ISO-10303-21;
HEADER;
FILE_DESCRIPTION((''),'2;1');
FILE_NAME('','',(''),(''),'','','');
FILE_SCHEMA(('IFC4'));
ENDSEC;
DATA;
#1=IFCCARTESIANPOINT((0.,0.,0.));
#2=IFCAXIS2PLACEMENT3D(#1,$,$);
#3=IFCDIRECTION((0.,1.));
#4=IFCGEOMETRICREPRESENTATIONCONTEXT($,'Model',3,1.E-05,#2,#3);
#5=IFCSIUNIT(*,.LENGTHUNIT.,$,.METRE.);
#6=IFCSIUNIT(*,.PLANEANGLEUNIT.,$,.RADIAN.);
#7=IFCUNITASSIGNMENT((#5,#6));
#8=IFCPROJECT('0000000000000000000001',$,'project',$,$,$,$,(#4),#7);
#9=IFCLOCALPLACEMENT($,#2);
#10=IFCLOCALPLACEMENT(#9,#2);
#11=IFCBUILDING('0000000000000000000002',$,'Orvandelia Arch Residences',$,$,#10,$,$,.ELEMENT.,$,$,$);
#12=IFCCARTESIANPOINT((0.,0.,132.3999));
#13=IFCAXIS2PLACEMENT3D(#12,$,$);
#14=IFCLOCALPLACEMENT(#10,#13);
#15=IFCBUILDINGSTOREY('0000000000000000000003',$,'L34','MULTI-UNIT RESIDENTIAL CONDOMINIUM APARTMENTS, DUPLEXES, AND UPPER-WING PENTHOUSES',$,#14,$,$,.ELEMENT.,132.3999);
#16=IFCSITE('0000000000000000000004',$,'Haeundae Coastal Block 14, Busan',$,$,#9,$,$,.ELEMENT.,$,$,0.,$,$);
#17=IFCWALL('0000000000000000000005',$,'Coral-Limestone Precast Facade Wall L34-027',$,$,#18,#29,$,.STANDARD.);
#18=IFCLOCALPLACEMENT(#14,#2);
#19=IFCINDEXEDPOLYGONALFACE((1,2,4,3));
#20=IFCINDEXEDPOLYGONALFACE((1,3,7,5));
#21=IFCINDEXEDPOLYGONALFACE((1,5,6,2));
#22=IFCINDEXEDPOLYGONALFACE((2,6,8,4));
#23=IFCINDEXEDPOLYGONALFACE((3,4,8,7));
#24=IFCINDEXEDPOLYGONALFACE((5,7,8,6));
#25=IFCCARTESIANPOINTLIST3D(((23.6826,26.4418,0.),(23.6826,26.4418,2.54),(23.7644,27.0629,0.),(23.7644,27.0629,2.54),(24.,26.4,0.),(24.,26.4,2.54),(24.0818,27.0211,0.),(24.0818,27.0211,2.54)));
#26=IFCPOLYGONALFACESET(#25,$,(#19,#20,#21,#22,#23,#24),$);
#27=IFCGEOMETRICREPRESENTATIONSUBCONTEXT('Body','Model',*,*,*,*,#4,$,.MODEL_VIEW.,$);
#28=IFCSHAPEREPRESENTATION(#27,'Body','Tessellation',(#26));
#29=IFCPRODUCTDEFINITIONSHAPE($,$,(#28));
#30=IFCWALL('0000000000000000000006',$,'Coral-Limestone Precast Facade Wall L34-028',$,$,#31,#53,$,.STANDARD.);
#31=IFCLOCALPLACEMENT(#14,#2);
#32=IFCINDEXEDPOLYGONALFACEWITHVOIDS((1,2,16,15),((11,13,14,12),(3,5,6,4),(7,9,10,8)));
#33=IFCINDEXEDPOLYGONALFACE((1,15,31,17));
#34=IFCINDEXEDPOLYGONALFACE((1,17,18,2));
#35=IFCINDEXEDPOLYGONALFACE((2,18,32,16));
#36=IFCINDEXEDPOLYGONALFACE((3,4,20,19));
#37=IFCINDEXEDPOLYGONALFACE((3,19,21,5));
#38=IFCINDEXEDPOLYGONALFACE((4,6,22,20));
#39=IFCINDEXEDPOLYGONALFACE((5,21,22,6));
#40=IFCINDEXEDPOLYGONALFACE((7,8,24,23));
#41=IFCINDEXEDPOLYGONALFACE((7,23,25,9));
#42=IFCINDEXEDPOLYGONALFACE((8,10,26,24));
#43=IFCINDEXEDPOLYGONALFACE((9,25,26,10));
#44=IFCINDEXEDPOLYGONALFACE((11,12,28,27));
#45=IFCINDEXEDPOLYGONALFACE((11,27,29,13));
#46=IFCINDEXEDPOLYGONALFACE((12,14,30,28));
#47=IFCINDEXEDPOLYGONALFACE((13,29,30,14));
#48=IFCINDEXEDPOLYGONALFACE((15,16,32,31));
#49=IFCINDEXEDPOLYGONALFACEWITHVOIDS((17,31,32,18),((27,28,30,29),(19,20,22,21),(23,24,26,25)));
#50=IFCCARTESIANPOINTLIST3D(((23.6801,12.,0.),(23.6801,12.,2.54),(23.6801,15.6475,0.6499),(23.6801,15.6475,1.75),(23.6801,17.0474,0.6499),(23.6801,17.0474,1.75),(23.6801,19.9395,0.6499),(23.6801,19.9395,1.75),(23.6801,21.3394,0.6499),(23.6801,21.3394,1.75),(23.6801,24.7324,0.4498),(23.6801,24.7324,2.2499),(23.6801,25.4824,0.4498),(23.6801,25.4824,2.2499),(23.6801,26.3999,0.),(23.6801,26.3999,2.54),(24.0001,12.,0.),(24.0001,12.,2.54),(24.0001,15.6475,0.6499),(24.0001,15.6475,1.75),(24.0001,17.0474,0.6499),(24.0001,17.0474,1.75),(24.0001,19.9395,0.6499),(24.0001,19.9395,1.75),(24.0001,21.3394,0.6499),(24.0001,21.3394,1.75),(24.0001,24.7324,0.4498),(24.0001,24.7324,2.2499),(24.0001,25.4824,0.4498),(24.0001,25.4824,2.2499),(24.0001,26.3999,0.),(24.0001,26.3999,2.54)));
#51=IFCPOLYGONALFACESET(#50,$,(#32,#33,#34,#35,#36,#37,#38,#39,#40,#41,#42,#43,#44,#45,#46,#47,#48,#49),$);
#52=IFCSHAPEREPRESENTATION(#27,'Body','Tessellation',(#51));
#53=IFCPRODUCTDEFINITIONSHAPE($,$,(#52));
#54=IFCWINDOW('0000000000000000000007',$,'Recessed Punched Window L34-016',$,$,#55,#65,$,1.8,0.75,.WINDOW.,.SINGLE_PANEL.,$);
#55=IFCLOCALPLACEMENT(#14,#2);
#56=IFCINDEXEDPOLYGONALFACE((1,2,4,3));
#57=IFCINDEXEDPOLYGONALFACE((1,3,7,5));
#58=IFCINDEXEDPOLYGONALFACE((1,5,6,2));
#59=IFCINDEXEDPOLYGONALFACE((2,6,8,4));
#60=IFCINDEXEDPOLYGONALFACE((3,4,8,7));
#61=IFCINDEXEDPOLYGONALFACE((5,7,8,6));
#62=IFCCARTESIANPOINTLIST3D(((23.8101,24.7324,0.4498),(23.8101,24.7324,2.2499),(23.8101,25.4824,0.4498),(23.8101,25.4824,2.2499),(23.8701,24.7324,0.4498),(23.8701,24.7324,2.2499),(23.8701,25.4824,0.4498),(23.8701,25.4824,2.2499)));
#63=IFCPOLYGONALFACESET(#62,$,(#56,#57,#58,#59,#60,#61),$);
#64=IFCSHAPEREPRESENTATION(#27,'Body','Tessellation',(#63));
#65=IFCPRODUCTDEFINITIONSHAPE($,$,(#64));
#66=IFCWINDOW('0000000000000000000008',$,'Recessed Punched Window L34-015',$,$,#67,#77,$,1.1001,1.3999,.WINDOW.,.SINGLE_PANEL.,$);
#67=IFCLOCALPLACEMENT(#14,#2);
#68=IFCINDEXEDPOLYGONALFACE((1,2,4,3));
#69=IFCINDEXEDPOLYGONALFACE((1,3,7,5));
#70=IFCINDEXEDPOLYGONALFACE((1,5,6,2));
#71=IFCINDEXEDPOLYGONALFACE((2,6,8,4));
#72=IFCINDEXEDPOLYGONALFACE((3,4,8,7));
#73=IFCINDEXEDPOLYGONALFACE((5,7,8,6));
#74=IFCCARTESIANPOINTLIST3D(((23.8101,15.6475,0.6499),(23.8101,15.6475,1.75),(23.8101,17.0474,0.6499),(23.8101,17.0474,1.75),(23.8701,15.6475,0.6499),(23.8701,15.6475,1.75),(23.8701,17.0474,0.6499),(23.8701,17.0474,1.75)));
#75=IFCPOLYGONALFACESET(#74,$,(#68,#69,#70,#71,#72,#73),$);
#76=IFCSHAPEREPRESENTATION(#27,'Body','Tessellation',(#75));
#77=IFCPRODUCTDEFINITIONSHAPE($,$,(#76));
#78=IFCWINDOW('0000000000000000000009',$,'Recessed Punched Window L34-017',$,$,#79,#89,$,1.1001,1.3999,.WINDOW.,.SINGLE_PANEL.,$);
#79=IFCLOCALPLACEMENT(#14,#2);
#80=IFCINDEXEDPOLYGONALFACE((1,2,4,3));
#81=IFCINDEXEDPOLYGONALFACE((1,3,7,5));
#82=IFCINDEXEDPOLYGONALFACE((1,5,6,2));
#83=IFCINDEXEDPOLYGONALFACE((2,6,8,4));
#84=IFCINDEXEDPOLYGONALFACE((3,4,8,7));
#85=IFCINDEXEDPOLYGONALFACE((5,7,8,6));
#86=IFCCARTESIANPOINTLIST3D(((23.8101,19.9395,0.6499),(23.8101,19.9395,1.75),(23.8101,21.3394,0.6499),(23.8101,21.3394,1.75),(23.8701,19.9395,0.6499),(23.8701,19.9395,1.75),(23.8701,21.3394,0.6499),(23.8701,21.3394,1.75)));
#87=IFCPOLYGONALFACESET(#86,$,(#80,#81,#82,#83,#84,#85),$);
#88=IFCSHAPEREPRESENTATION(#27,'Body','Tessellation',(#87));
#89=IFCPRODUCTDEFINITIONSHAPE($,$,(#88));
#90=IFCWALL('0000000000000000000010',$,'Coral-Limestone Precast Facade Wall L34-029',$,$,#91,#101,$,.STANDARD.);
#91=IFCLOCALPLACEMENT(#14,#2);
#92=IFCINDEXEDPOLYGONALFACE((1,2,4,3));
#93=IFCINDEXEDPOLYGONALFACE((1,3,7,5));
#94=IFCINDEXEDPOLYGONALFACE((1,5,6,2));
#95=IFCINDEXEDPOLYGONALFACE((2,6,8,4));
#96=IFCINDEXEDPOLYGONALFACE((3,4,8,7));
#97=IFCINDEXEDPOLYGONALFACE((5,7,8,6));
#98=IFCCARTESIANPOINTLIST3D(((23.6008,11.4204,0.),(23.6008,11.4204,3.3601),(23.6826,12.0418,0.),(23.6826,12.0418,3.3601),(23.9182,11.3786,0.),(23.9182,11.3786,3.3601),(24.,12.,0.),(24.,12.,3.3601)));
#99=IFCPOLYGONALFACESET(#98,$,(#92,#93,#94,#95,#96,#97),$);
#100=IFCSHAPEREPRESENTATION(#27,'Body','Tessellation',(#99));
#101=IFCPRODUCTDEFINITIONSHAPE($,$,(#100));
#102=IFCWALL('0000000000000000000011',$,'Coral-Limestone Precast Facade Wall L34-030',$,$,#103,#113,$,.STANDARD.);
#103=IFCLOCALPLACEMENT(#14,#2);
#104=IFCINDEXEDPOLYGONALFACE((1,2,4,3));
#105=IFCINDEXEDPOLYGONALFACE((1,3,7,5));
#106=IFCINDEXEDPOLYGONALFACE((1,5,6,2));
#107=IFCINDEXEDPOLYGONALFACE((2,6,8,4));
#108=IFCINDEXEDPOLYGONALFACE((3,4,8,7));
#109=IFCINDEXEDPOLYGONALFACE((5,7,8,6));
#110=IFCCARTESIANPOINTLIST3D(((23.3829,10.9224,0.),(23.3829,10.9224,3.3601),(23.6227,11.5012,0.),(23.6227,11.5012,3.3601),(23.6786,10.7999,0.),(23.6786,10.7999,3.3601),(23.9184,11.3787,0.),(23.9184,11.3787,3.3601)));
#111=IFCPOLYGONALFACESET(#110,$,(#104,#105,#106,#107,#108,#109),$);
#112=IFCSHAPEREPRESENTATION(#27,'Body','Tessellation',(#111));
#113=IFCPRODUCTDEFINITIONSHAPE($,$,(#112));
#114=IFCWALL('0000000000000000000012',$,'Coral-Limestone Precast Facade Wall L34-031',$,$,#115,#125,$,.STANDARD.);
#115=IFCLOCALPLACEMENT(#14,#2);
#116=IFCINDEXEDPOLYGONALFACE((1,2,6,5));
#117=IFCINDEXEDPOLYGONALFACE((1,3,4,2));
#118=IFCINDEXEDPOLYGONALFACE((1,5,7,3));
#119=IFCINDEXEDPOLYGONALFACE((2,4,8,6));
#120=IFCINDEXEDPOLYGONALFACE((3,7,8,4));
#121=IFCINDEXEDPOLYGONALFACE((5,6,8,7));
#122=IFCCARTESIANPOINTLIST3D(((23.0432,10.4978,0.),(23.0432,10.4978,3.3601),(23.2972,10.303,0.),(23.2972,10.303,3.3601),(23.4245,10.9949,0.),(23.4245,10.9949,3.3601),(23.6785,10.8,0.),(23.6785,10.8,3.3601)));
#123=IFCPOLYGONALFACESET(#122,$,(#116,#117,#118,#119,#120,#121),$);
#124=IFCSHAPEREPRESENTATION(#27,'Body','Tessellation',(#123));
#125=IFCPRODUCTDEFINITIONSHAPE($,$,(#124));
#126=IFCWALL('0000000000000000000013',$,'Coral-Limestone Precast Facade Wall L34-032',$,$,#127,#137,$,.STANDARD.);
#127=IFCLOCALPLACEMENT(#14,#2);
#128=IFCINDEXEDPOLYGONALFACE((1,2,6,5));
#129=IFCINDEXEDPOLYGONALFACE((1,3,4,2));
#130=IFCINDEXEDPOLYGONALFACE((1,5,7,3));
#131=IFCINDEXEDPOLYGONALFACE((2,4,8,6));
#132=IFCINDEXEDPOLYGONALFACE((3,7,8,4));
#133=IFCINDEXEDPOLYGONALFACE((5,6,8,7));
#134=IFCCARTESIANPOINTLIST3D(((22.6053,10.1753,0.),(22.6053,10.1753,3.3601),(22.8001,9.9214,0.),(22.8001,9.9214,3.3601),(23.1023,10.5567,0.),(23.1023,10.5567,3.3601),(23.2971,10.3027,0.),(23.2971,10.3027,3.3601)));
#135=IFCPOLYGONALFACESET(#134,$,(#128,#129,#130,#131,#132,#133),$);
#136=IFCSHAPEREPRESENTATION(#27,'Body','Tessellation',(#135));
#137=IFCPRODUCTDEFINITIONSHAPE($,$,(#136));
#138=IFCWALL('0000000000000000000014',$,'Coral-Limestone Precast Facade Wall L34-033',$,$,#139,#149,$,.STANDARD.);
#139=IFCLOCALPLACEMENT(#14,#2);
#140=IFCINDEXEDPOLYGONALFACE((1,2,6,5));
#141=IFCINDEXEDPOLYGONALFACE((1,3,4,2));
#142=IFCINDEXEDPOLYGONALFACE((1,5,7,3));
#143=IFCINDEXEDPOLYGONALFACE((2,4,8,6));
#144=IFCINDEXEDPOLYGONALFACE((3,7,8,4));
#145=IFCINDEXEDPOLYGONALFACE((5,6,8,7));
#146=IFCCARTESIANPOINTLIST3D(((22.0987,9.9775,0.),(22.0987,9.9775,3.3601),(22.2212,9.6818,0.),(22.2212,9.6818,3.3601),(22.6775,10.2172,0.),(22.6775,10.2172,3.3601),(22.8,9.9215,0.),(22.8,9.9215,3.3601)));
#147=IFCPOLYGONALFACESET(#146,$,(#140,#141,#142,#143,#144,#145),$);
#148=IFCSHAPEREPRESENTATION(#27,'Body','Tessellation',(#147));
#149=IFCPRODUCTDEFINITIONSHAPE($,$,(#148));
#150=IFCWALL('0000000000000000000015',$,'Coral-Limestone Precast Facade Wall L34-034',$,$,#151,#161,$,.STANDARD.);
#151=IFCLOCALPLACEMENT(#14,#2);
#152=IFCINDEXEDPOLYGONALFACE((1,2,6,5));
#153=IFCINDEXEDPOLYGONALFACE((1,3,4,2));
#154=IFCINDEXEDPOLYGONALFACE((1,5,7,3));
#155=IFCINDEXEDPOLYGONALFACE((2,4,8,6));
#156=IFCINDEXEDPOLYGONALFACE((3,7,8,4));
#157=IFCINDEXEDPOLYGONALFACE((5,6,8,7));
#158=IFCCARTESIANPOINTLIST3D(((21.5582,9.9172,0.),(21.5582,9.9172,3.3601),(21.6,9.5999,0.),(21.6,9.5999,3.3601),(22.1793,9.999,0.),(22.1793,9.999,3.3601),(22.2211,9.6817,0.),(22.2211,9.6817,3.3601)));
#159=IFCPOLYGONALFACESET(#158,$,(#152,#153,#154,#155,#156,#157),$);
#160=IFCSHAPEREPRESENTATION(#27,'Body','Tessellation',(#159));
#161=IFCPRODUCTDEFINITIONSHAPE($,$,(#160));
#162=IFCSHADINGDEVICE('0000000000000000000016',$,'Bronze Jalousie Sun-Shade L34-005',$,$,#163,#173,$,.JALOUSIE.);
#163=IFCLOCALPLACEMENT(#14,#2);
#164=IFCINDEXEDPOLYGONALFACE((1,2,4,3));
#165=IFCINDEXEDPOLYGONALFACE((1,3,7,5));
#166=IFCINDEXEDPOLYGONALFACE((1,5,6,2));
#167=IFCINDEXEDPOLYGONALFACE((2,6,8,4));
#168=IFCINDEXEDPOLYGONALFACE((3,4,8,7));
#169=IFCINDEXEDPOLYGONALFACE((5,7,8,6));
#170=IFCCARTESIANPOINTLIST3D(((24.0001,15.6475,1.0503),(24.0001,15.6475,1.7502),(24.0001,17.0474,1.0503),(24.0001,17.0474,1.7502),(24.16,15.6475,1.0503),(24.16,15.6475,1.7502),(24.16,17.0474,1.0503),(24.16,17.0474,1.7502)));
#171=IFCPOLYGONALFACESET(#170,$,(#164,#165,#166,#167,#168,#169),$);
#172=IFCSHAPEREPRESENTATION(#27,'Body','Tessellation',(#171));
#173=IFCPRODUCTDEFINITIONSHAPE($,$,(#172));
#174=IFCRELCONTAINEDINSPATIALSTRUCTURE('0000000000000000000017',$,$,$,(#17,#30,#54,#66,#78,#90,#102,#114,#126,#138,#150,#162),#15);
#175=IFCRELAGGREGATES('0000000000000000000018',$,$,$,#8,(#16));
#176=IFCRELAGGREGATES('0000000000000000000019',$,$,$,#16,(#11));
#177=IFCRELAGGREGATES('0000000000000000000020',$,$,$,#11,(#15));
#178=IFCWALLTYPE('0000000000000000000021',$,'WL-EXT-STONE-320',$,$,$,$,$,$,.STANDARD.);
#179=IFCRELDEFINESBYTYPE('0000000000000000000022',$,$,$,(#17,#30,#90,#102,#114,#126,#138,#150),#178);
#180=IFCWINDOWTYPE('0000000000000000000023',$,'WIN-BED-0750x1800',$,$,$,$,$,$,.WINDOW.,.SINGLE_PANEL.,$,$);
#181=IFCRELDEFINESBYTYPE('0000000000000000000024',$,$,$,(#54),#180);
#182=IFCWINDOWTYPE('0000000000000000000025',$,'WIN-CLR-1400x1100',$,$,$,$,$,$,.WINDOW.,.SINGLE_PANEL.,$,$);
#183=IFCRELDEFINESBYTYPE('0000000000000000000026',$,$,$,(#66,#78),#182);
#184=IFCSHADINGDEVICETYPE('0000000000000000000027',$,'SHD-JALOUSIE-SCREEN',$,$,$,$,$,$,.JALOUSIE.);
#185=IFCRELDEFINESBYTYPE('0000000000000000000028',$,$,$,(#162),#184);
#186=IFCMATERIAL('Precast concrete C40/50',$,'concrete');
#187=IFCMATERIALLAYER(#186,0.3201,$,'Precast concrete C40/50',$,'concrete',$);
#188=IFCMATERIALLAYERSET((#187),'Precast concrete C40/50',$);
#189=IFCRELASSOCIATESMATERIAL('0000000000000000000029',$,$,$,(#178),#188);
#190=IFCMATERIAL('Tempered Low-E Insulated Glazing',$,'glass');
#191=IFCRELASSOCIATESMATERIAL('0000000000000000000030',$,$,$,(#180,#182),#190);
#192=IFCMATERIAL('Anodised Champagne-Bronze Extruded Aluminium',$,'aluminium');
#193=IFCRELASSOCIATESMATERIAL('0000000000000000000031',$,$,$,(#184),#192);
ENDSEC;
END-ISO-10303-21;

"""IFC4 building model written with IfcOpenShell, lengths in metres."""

from ifc_helpers import new_model, si_unit, direction, frame, frame_2d, origin, origin_2d, place, context, subcontext, project, spatial, rectangle, extrude, material, layer, layer_set, type_object, element, fill, save


model = new_model("IFC4")

# Units and contexts
model_context = context("Model", 3, precision=1e-05, world=origin(), true_north=direction((0.0, 1.0)))
body_context = subcontext(model_context, "Body", "Model", "MODEL_VIEW")
ifc_project = project(units=[si_unit("LENGTHUNIT", "METRE"), si_unit("PLANEANGLEUNIT", "RADIAN")], contexts=[model_context])

# Site, building, storey
site_placement = place(None, origin())
site = spatial("IfcSite", under=ifc_project, at=site_placement, Name="Haeundae Coastal Block 14, Busan", CompositionType="ELEMENT", RefElevation=0.0)
building_placement = place(site_placement, origin())
building = spatial("IfcBuilding", under=site, at=building_placement, Name="Orvandelia Arch Residences", CompositionType="ELEMENT")
storey_placement = place(building_placement, frame((0.0, 0.0, 132.3999)))
storey = spatial("IfcBuildingStorey", under=building, at=storey_placement, Name="L34", Description="MULTI-UNIT RESIDENTIAL CONDOMINIUM APARTMENTS, DUPLEXES, AND UPPER-WING PENTHOUSES", CompositionType="ELEMENT", Elevation=132.3999)

# Wall
ifc_material_1 = material(Name="Precast concrete C40/50", Category="concrete")
ifc_layer = layer(ifc_material_1, 0.3201, Name="Precast concrete C40/50", Category="concrete")
ifc_layer_set = layer_set([ifc_layer], Name="Precast concrete C40/50")
wall_type = type_object("IfcWallType", Name="WL-EXT-STONE-320", PredefinedType="STANDARD", material=ifc_layer_set)
wall_1_placement = place(storey_placement, frame((23.9231, 27.042, 0.0), z_axis=(0.0, 0.0, 1.0), x_axis=(-0.130555, -0.991441, 0.0)))
element("IfcWall", 1, at=wall_1_placement, inside=storey, type_object=wall_type, Name="Coral-Limestone Precast Facade Wall L34-027", PredefinedType="STANDARD", context=body_context, shape_type="SweptSolid", body=[
    extrude(rectangle(XDim=0.6265, YDim=0.3201, at=frame_2d((0.3132, 0.0))), origin(), (0.0, 0.0, 1.0), 2.54),
])

# Wall, openings, windows
wall_2_placement = place(storey_placement, frame((23.8401, 26.3999, 0.0), z_axis=(0.0, 0.0, 1.0), x_axis=(0.0, -1.0, 0.0)))
wall_2 = element("IfcWall", 2, at=wall_2_placement, inside=storey, type_object=wall_type, Name="Coral-Limestone Precast Facade Wall L34-028", PredefinedType="STANDARD", context=body_context, shape_type="SweptSolid", body=[
    extrude(rectangle(XDim=14.3999, YDim=0.3201, at=frame_2d((7.2, 0.0))), origin(), (0.0, 0.0, 1.0), 2.54),
])
opening_1_placement = place(wall_2_placement, frame((9.3525, 0.0, 0.6499)))
opening_1 = element("IfcOpeningElement", 3, at=opening_1_placement, cuts=wall_2, PredefinedType="OPENING", context=body_context, shape_type="SweptSolid", body=[
    extrude(rectangle(XDim=1.3999, YDim=1.1001, at=frame_2d((0.7, 0.55))), frame((0.0, 0.1699, 0.0), z_axis=(0.0, -1.0, 0.0), x_axis=(1.0, 0.0, 0.0)), (0.0, 0.0, 1.0), 0.3401),
])
opening_2_placement = place(wall_2_placement, frame((0.9175, 0.0, 0.45)))
opening_2 = element("IfcOpeningElement", 4, at=opening_2_placement, cuts=wall_2, PredefinedType="OPENING", context=body_context, shape_type="SweptSolid", body=[
    extrude(rectangle(XDim=0.75, YDim=1.8, at=frame_2d((0.375, 0.8999))), frame((0.0, 0.1699, 0.0), z_axis=(0.0, -1.0, 0.0), x_axis=(1.0, 0.0, 0.0)), (0.0, 0.0, 1.0), 0.3401),
])
opening_3_placement = place(wall_2_placement, frame((5.0605, 0.0, 0.6499)))
opening_3 = element("IfcOpeningElement", 5, at=opening_3_placement, cuts=wall_2, PredefinedType="OPENING", context=body_context, shape_type="SweptSolid", body=[
    extrude(rectangle(XDim=1.3999, YDim=1.1001, at=frame_2d((0.7, 0.55))), frame((0.0, 0.1699, 0.0), z_axis=(0.0, -1.0, 0.0), x_axis=(1.0, 0.0, 0.0)), (0.0, 0.0, 1.0), 0.3401),
])
ifc_material_2 = material(Name="Tempered Low-E Insulated Glazing", Category="glass")
window_type_1 = type_object("IfcWindowType", Name="WIN-BED-0750x1800", PartitioningType="SINGLE_PANEL", PredefinedType="WINDOW", material=ifc_material_2)
window_1_placement = place(opening_2_placement, origin())
window_1 = element("IfcWindow", 6, at=window_1_placement, inside=storey, type_object=window_type_1, Name="Recessed Punched Window L34-016", OverallHeight=1.8, OverallWidth=0.75, PartitioningType="SINGLE_PANEL", PredefinedType="WINDOW", context=body_context, shape_type="SweptSolid", body=[
    extrude(rectangle(XDim=0.75, YDim=1.8, at=frame_2d((0.375, 0.8999))), frame((0.0, 0.03, 0.0), z_axis=(0.0, -1.0, 0.0), x_axis=(1.0, 0.0, 0.0)), (0.0, 0.0, 1.0), 0.0601),
])
fill(opening_2, window_1)
window_type_2 = type_object("IfcWindowType", Name="WIN-CLR-1400x1100", PartitioningType="SINGLE_PANEL", PredefinedType="WINDOW", material=ifc_material_2)
window_2_placement = place(opening_1_placement, origin())
window_2 = element("IfcWindow", 7, at=window_2_placement, inside=storey, type_object=window_type_2, Name="Recessed Punched Window L34-015", OverallHeight=1.1001, OverallWidth=1.3999, PartitioningType="SINGLE_PANEL", PredefinedType="WINDOW", context=body_context, shape_type="SweptSolid", body=[
    extrude(rectangle(XDim=1.3999, YDim=1.1001, at=frame_2d((0.7, 0.55))), frame((0.0, 0.03, 0.0), z_axis=(0.0, -1.0, 0.0), x_axis=(1.0, 0.0, 0.0)), (0.0, 0.0, 1.0), 0.0601),
])
fill(opening_1, window_2)
window_3_placement = place(opening_3_placement, origin())
window_3 = element("IfcWindow", 8, at=window_3_placement, inside=storey, type_object=window_type_2, Name="Recessed Punched Window L34-017", OverallHeight=1.1001, OverallWidth=1.3999, PartitioningType="SINGLE_PANEL", PredefinedType="WINDOW", context=body_context, shape_type="SweptSolid", body=[
    extrude(rectangle(XDim=1.3999, YDim=1.1001, at=frame_2d((0.7, 0.55))), frame((0.0, 0.03, 0.0), z_axis=(0.0, -1.0, 0.0), x_axis=(1.0, 0.0, 0.0)), (0.0, 0.0, 1.0), 0.0601),
])
fill(opening_3, window_3)

# Walls
wall_3_placement = place(storey_placement, frame((23.8413, 12.021, 0.0), z_axis=(0.0, 0.0, 1.0), x_axis=(-0.130505, -0.991448, 0.0)))
element("IfcWall", 9, at=wall_3_placement, inside=storey, type_object=wall_type, Name="Coral-Limestone Precast Facade Wall L34-029", PredefinedType="STANDARD", context=body_context, shape_type="SweptSolid", body=[
    extrude(rectangle(XDim=0.6267, YDim=0.3201, at=frame_2d((0.3135, 0.0))), origin(), (0.0, 0.0, 1.0), 3.3601),
])
for number, where, z_axis, x_axis, name in (
    (10, (23.7705, 11.4399, 0.0), (0.0, 0.0, 1.0), (-0.38265, -0.923893, 0.0), "Coral-Limestone Precast Facade Wall L34-030"),
    (11, (23.5515, 10.8975, 0.0), (0.0, 0.0, 1.0), (-0.608693, -0.793406, 0.0), "Coral-Limestone Precast Facade Wall L34-031"),
    (12, (23.1997, 10.4297, 0.0), (0.0, 0.0, 1.0), (-0.793406, -0.608693, 0.0), "Coral-Limestone Precast Facade Wall L34-032"),
    (13, (22.7388, 10.0693, 0.0), (0.0, 0.0, 1.0), (-0.923893, -0.38265, 0.0), "Coral-Limestone Precast Facade Wall L34-033"),
    (14, (22.2002, 9.8403, 0.0), (0.0, 0.0, 1.0), (-0.991441, -0.130555, 0.0), "Coral-Limestone Precast Facade Wall L34-034"),
):
    element("IfcWall", number, at=place(storey_placement, frame(where, z_axis=z_axis, x_axis=x_axis)), inside=storey, type_object=wall_type, Name=name, PredefinedType="STANDARD", context=body_context, shape_type="SweptSolid", body=[
        extrude(rectangle(XDim=0.6265, YDim=0.3201, at=frame_2d((0.3132, 0.0))), origin(), (0.0, 0.0, 1.0), 3.3601),
    ])

# Shading device
ifc_material_3 = material(Name="Anodised Champagne-Bronze Extruded Aluminium", Category="aluminium")
shading_device_type = type_object("IfcShadingDeviceType", Name="SHD-JALOUSIE-SCREEN", PredefinedType="JALOUSIE", material=ifc_material_3)
shading_device_placement = place(storey_placement, frame((24.0801, 16.3474, 1.0503), z_axis=(0.0, 0.0, 1.0), x_axis=(0.0, -1.0, 0.0)))
element("IfcShadingDevice", 15, at=shading_device_placement, inside=storey, type_object=shading_device_type, Name="Bronze Jalousie Sun-Shade L34-005", PredefinedType="JALOUSIE", context=body_context, shape_type="SweptSolid", body=[
    extrude(rectangle(XDim=1.3999, YDim=0.1599, at=origin_2d()), origin(), (0.0, 0.0, 1.0), 0.7),
])

save(model, "model.ifc")
